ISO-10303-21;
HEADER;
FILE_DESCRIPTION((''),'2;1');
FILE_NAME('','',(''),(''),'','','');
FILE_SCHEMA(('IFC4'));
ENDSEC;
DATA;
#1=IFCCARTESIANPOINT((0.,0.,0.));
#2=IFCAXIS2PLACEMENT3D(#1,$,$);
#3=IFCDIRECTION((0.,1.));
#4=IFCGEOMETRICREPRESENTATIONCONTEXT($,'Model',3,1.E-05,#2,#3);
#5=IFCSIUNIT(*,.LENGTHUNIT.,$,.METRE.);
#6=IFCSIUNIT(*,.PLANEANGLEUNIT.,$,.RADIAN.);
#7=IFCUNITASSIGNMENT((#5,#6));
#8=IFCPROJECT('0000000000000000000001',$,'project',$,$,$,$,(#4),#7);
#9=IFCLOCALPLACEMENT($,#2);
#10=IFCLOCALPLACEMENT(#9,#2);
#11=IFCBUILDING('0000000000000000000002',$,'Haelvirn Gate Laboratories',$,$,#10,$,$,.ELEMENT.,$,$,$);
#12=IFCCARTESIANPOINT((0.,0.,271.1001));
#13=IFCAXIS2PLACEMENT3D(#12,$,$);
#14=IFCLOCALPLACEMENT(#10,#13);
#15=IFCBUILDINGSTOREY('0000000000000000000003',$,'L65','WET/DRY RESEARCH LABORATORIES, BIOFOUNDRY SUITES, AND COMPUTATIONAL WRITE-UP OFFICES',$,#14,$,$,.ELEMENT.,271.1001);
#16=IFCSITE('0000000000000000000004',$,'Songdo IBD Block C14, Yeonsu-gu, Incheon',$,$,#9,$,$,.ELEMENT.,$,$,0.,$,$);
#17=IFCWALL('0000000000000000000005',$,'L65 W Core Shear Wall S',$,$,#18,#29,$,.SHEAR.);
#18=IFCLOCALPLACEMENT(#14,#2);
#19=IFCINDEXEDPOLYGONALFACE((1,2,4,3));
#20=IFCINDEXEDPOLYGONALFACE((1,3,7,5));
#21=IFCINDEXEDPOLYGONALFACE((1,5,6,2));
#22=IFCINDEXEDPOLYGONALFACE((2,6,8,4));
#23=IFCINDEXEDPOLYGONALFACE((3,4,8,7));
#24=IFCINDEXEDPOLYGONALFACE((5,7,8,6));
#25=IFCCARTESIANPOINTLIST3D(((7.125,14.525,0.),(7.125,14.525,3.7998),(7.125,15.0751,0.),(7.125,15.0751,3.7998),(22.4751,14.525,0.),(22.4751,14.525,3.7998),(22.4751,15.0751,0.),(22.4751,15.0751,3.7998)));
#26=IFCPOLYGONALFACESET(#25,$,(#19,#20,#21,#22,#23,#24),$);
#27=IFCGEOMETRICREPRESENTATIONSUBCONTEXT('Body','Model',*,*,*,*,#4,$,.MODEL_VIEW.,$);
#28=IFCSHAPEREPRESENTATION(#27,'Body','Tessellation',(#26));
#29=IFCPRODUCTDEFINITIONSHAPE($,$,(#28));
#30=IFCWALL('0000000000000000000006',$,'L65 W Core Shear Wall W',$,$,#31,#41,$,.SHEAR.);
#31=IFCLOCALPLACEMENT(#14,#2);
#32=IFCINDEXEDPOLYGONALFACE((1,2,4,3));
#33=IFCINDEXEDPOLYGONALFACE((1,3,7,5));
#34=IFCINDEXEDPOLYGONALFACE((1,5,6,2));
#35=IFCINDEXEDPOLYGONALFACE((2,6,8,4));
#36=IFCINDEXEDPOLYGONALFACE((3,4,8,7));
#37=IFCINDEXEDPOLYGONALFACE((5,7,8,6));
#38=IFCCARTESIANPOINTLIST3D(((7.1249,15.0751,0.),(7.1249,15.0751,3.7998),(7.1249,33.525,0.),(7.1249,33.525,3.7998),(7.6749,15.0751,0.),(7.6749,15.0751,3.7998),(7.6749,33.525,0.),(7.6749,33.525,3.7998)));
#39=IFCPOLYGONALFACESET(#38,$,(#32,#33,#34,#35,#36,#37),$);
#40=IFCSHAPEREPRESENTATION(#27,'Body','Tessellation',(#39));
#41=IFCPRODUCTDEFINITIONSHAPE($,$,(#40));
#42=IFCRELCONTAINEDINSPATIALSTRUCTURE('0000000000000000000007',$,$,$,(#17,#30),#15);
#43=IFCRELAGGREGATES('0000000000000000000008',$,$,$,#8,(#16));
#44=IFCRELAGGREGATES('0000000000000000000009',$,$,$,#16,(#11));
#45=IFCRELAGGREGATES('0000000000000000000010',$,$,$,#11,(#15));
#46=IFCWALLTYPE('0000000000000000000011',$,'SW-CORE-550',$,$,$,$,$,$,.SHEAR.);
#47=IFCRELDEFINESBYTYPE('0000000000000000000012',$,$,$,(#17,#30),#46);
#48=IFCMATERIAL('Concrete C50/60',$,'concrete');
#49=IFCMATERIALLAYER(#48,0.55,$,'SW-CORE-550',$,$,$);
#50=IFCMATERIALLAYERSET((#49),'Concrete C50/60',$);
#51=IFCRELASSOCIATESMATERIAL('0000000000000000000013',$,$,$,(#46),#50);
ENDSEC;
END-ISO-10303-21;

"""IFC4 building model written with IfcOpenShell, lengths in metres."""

from ifc_helpers import new_model, si_unit, direction, frame, frame_2d, origin, place, context, subcontext, project, spatial, rectangle, extrude, material, layer, layer_set, type_object, element, save


model = new_model("IFC4")

# Units and contexts
model_context = context("Model", 3, precision=1e-05, world=origin(), true_north=direction((0.0, 1.0)))
body_context = subcontext(model_context, "Body", "Model", "MODEL_VIEW")
ifc_project = project(units=[si_unit("LENGTHUNIT", "METRE"), si_unit("PLANEANGLEUNIT", "RADIAN")], contexts=[model_context])

# Site, building, storey
site_placement = place(None, origin())
site = spatial("IfcSite", under=ifc_project, at=site_placement, Name="Songdo IBD Block C14, Yeonsu-gu, Incheon", CompositionType="ELEMENT", RefElevation=0.0)
building_placement = place(site_placement, origin())
building = spatial("IfcBuilding", under=site, at=building_placement, Name="Haelvirn Gate Laboratories", CompositionType="ELEMENT")
storey_placement = place(building_placement, frame((0.0, 0.0, 271.1001)))
storey = spatial("IfcBuildingStorey", under=building, at=storey_placement, Name="L65", Description="WET/DRY RESEARCH LABORATORIES, BIOFOUNDRY SUITES, AND COMPUTATIONAL WRITE-UP OFFICES", CompositionType="ELEMENT", Elevation=271.1001)

# Shared definitions
ifc_material_1 = material(Name="Concrete C50/60", Category="concrete")

# Walls
ifc_layer_1 = layer(ifc_material_1, 0.55, Name="SW-CORE-550")
ifc_layer_set_1 = layer_set([ifc_layer_1], Name="Concrete C50/60")
wall_type_1 = type_object("IfcWallType", Name="SW-CORE-550", PredefinedType="SHEAR", material=ifc_layer_set_1)
wall_1_placement = place(storey_placement, frame((7.125, 14.8, 0.0), z_axis=(0.0, 0.0, 1.0), x_axis=(1.0, 0.0, 0.0)))
element("IfcWall", 1, at=wall_1_placement, inside=storey, type_object=wall_type_1, Name="L65 W Core Shear Wall S", PredefinedType="SHEAR", context=body_context, shape_type="SweptSolid", body=[
    extrude(rectangle(XDim=15.3501, YDim=0.55, at=frame_2d((7.675, 0.0))), origin(), (0.0, 0.0, 1.0), 3.7998),
])
wall_2_placement = place(storey_placement, frame((7.3999, 15.075, 0.0), z_axis=(0.0, 0.0, 1.0), x_axis=(0.0, 1.0, 0.0)))
element("IfcWall", 2, at=wall_2_placement, inside=storey, type_object=wall_type_1, Name="L65 W Core Shear Wall W", PredefinedType="SHEAR", context=body_context, shape_type="SweptSolid", body=[
    extrude(rectangle(XDim=18.45, YDim=0.55, at=frame_2d((9.2251, 0.0))), origin(), (0.0, 0.0, 1.0), 3.7998),
])

save(model, "model.ifc")
